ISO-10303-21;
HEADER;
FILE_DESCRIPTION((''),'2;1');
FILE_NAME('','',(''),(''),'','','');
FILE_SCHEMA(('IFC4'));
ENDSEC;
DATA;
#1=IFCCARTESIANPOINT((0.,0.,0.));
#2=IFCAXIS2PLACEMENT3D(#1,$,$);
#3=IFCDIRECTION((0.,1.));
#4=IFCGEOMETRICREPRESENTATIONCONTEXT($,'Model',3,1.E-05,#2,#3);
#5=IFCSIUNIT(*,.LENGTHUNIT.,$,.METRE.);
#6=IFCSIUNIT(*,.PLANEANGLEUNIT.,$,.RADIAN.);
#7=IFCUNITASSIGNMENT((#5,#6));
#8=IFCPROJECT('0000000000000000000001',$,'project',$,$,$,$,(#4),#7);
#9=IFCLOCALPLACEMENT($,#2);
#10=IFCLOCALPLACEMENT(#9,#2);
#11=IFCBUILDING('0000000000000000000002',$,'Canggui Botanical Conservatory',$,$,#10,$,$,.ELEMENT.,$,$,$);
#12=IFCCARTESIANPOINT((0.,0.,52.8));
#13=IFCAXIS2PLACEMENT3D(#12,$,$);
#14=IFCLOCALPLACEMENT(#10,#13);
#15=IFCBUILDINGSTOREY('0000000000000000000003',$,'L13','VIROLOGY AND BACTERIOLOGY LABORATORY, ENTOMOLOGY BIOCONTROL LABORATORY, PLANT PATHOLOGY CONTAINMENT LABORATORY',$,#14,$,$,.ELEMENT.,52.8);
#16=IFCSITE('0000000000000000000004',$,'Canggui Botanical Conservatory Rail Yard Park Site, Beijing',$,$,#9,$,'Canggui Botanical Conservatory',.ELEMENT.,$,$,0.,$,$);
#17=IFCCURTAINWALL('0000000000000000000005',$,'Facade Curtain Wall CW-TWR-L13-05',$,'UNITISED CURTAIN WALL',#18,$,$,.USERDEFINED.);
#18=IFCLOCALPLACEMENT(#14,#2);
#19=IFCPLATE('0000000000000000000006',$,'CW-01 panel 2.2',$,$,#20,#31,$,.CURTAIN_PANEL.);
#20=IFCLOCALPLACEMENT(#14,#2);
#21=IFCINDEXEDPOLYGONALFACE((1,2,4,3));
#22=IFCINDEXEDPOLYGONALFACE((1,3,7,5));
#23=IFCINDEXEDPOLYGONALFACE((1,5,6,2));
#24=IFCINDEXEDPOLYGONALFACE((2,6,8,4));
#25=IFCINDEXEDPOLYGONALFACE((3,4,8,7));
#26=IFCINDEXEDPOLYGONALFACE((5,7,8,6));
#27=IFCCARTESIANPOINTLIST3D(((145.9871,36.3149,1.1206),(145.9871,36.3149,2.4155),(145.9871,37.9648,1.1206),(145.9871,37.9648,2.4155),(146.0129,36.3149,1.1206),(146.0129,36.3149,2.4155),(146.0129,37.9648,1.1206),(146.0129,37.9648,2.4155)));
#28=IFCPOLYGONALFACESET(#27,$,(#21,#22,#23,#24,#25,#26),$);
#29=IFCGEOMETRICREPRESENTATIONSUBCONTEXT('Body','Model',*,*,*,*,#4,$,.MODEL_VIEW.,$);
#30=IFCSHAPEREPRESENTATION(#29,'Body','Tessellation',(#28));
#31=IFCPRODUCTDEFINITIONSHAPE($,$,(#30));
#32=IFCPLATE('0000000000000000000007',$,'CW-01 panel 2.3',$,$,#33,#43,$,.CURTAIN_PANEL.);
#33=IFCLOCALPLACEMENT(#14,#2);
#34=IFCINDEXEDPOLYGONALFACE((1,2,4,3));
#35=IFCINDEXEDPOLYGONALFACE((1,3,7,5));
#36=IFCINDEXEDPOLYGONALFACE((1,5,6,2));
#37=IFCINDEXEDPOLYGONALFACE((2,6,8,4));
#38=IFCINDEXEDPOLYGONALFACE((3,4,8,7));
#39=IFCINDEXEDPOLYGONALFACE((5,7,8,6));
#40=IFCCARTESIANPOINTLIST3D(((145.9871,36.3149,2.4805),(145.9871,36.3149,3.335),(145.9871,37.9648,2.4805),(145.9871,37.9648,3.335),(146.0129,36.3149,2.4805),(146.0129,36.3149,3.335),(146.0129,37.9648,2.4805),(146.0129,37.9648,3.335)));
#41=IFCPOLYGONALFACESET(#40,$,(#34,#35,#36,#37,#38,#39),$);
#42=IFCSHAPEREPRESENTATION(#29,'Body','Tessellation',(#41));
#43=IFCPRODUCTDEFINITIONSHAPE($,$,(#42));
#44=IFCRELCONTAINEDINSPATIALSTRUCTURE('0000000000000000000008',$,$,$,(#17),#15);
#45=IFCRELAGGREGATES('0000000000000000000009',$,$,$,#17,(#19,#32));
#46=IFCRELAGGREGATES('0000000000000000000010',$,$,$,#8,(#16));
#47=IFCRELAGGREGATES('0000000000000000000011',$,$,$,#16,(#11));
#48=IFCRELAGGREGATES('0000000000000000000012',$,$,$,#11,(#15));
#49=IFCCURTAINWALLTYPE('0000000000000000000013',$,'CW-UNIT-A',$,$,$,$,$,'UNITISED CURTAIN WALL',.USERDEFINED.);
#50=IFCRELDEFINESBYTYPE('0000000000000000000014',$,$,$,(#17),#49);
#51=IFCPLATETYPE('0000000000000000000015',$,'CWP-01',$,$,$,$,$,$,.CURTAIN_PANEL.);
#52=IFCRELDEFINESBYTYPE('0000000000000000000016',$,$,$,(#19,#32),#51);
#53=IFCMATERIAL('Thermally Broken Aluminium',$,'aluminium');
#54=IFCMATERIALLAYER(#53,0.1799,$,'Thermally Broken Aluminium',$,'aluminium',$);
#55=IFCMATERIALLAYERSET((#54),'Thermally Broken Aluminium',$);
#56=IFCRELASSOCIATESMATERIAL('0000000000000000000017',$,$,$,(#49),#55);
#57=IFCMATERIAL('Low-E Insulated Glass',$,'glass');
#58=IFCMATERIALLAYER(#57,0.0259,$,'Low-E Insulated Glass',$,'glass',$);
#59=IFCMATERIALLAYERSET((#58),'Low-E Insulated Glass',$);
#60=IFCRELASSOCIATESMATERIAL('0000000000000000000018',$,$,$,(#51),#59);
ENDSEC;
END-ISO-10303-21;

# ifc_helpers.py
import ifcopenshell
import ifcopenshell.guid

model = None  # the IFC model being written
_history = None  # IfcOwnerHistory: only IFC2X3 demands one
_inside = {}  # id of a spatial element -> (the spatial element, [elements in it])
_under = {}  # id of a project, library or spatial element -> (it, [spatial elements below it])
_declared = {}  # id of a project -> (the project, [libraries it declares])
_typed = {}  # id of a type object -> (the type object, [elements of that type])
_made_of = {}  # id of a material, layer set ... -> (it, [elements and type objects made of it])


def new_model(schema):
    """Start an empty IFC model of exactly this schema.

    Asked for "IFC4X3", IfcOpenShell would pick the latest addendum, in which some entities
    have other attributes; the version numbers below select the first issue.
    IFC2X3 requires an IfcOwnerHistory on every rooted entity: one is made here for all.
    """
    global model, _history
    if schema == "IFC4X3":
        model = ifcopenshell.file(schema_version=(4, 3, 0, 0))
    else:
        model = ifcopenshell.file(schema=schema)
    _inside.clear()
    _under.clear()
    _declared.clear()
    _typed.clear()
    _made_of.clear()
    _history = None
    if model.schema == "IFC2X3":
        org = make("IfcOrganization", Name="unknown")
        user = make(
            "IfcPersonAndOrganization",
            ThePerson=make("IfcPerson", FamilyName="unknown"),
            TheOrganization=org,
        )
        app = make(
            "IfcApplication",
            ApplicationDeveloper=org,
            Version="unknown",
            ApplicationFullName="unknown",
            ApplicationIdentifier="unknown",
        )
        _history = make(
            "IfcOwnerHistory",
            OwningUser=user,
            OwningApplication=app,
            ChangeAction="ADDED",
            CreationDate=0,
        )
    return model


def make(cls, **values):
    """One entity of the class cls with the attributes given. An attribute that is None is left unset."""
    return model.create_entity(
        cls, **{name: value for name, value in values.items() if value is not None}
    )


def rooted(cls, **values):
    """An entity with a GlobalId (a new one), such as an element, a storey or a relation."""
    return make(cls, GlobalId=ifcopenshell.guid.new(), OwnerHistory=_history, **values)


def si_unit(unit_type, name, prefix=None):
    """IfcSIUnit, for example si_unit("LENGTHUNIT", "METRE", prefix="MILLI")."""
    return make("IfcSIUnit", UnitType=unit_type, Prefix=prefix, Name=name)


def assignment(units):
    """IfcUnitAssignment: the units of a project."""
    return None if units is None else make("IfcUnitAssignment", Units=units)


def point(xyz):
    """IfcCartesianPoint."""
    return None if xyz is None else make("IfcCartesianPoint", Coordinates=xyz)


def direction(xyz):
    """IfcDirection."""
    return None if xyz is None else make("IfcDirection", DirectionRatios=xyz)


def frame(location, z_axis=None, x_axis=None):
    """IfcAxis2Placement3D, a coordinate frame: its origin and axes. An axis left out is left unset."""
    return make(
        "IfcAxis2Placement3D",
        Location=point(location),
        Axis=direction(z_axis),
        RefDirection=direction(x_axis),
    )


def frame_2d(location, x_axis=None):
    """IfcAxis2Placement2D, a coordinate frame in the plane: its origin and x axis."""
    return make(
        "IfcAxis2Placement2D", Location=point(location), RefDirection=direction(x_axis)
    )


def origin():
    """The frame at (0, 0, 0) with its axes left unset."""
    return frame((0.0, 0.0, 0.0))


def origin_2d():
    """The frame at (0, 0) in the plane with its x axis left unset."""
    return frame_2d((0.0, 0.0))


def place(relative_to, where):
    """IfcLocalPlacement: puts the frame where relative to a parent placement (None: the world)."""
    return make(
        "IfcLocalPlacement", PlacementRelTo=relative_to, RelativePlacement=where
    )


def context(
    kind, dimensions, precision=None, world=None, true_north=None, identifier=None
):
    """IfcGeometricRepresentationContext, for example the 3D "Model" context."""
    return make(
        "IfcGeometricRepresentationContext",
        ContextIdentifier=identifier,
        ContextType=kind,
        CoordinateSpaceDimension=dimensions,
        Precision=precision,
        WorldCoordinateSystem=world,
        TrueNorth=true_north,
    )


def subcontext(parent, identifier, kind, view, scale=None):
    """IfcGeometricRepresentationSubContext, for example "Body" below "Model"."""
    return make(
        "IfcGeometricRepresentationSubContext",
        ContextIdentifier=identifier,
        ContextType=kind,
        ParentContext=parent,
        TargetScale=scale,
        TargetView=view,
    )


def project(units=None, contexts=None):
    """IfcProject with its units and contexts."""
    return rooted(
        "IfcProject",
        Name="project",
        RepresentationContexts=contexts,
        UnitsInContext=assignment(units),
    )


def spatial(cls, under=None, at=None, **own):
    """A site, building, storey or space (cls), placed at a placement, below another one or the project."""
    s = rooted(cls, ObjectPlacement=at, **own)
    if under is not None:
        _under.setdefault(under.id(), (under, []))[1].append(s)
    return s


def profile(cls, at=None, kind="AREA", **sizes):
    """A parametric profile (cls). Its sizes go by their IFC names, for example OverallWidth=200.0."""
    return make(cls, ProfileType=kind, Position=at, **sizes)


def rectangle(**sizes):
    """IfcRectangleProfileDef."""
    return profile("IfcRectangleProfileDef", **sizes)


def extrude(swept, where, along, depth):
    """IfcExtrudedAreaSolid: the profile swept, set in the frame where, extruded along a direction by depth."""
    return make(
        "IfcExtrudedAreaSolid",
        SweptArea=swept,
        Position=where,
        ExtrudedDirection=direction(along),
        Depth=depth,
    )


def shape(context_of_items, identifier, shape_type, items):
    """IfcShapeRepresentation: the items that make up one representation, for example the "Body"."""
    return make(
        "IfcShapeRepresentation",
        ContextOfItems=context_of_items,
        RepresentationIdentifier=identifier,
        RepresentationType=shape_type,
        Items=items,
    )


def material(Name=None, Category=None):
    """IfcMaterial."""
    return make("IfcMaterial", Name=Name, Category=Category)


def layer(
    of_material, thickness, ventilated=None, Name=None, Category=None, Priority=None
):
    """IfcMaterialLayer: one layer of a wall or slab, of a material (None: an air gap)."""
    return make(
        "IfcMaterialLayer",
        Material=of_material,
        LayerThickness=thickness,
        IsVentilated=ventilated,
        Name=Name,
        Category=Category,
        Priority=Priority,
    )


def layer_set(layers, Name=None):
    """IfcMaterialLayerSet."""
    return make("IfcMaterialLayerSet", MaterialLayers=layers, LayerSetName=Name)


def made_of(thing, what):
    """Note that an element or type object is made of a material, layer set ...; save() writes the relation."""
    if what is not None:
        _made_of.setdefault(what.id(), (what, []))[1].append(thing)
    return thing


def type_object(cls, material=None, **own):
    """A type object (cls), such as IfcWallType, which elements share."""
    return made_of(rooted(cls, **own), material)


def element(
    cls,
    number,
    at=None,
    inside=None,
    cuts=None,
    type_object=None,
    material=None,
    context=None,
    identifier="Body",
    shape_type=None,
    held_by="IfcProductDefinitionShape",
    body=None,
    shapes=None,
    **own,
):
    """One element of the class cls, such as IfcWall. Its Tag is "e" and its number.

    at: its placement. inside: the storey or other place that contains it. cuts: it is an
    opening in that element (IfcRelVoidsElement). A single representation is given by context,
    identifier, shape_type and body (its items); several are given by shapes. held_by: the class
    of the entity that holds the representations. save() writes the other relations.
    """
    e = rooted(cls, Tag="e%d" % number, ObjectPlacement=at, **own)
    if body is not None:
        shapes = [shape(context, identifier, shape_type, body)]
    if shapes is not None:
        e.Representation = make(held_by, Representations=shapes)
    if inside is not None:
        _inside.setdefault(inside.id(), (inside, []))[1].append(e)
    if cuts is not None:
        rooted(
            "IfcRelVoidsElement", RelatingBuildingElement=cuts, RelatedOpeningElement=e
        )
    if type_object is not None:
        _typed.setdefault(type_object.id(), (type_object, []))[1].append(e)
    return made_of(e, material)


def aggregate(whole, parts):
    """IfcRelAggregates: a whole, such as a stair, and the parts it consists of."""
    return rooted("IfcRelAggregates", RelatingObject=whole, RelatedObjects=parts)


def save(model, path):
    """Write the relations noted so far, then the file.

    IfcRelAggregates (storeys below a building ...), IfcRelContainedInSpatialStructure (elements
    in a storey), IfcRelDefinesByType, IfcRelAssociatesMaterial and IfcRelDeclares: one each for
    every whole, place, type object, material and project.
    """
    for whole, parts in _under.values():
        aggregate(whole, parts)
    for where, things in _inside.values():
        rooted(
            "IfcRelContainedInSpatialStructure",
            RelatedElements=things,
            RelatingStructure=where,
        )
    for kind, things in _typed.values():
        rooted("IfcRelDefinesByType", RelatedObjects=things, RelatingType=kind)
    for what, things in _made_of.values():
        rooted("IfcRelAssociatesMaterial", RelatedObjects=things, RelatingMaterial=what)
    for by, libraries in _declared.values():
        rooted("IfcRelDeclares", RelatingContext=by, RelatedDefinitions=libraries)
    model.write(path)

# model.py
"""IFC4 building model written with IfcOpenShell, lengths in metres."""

from ifc_helpers import new_model, si_unit, direction, frame, origin, origin_2d, place, context, subcontext, project, spatial, rectangle, extrude, material, layer, layer_set, type_object, element, aggregate, save


model = new_model("IFC4")

# Units and contexts
model_context = context("Model", 3, precision=1e-05, world=origin(), true_north=direction((0.0, 1.0)))
body_context = subcontext(model_context, "Body", "Model", "MODEL_VIEW")
ifc_project = project(units=[si_unit("LENGTHUNIT", "METRE"), si_unit("PLANEANGLEUNIT", "RADIAN")], contexts=[model_context])

# Site, building, storey
site_placement = place(None, origin())
site = spatial("IfcSite", under=ifc_project, at=site_placement, Name="Canggui Botanical Conservatory Rail Yard Park Site, Beijing", LongName="Canggui Botanical Conservatory", CompositionType="ELEMENT", RefElevation=0.0)
building_placement = place(site_placement, origin())
building = spatial("IfcBuilding", under=site, at=building_placement, Name="Canggui Botanical Conservatory", CompositionType="ELEMENT")
storey_placement = place(building_placement, frame((0.0, 0.0, 52.8)))
storey = spatial("IfcBuildingStorey", under=building, at=storey_placement, Name="L13", Description="VIROLOGY AND BACTERIOLOGY LABORATORY, ENTOMOLOGY BIOCONTROL LABORATORY, PLANT PATHOLOGY CONTAINMENT LABORATORY", CompositionType="ELEMENT", Elevation=52.8)

# Curtain wall, plates
ifc_material_1 = material(Name="Thermally Broken Aluminium", Category="aluminium")
ifc_layer_1 = layer(ifc_material_1, 0.1799, Name="Thermally Broken Aluminium", Category="aluminium")
ifc_layer_set_1 = layer_set([ifc_layer_1], Name="Thermally Broken Aluminium")
curtain_wall_type = type_object("IfcCurtainWallType", Name="CW-UNIT-A", ElementType="UNITISED CURTAIN WALL", PredefinedType="USERDEFINED", material=ifc_layer_set_1)
curtain_wall_placement = place(storey_placement, origin())
curtain_wall = element("IfcCurtainWall", 1, at=curtain_wall_placement, inside=storey, type_object=curtain_wall_type, Name="Facade Curtain Wall CW-TWR-L13-05", ObjectType="UNITISED CURTAIN WALL", PredefinedType="USERDEFINED")
ifc_material_2 = material(Name="Low-E Insulated Glass", Category="glass")
ifc_layer_2 = layer(ifc_material_2, 0.0259, Name="Low-E Insulated Glass", Category="glass")
ifc_layer_set_2 = layer_set([ifc_layer_2], Name="Low-E Insulated Glass")
plate_type = type_object("IfcPlateType", Name="CWP-01", PredefinedType="CURTAIN_PANEL", material=ifc_layer_set_2)
plate_1_placement = place(storey_placement, frame((146.0, 37.1399, 1.1206), z_axis=(0.0, 0.0, 1.0), x_axis=(0.0, 1.0, 0.0)))
plate_1 = element("IfcPlate", 2, at=plate_1_placement, type_object=plate_type, Name="CW-01 panel 2.2", PredefinedType="CURTAIN_PANEL", context=body_context, shape_type="SweptSolid", body=[
    extrude(rectangle(XDim=1.6499, YDim=0.0259, at=origin_2d()), origin(), (0.0, 0.0, 1.0), 1.2949),
])
plate_2_placement = place(storey_placement, frame((146.0, 37.1399, 2.4805), z_axis=(0.0, 0.0, 1.0), x_axis=(0.0, 1.0, 0.0)))
plate_2 = element("IfcPlate", 3, at=plate_2_placement, type_object=plate_type, Name="CW-01 panel 2.3", PredefinedType="CURTAIN_PANEL", context=body_context, shape_type="SweptSolid", body=[
    extrude(rectangle(XDim=1.6499, YDim=0.0259, at=origin_2d()), origin(), (0.0, 0.0, 1.0), 0.8545),
])
aggregate(curtain_wall, [plate_1, plate_2])

save(model, "model.ifc")
